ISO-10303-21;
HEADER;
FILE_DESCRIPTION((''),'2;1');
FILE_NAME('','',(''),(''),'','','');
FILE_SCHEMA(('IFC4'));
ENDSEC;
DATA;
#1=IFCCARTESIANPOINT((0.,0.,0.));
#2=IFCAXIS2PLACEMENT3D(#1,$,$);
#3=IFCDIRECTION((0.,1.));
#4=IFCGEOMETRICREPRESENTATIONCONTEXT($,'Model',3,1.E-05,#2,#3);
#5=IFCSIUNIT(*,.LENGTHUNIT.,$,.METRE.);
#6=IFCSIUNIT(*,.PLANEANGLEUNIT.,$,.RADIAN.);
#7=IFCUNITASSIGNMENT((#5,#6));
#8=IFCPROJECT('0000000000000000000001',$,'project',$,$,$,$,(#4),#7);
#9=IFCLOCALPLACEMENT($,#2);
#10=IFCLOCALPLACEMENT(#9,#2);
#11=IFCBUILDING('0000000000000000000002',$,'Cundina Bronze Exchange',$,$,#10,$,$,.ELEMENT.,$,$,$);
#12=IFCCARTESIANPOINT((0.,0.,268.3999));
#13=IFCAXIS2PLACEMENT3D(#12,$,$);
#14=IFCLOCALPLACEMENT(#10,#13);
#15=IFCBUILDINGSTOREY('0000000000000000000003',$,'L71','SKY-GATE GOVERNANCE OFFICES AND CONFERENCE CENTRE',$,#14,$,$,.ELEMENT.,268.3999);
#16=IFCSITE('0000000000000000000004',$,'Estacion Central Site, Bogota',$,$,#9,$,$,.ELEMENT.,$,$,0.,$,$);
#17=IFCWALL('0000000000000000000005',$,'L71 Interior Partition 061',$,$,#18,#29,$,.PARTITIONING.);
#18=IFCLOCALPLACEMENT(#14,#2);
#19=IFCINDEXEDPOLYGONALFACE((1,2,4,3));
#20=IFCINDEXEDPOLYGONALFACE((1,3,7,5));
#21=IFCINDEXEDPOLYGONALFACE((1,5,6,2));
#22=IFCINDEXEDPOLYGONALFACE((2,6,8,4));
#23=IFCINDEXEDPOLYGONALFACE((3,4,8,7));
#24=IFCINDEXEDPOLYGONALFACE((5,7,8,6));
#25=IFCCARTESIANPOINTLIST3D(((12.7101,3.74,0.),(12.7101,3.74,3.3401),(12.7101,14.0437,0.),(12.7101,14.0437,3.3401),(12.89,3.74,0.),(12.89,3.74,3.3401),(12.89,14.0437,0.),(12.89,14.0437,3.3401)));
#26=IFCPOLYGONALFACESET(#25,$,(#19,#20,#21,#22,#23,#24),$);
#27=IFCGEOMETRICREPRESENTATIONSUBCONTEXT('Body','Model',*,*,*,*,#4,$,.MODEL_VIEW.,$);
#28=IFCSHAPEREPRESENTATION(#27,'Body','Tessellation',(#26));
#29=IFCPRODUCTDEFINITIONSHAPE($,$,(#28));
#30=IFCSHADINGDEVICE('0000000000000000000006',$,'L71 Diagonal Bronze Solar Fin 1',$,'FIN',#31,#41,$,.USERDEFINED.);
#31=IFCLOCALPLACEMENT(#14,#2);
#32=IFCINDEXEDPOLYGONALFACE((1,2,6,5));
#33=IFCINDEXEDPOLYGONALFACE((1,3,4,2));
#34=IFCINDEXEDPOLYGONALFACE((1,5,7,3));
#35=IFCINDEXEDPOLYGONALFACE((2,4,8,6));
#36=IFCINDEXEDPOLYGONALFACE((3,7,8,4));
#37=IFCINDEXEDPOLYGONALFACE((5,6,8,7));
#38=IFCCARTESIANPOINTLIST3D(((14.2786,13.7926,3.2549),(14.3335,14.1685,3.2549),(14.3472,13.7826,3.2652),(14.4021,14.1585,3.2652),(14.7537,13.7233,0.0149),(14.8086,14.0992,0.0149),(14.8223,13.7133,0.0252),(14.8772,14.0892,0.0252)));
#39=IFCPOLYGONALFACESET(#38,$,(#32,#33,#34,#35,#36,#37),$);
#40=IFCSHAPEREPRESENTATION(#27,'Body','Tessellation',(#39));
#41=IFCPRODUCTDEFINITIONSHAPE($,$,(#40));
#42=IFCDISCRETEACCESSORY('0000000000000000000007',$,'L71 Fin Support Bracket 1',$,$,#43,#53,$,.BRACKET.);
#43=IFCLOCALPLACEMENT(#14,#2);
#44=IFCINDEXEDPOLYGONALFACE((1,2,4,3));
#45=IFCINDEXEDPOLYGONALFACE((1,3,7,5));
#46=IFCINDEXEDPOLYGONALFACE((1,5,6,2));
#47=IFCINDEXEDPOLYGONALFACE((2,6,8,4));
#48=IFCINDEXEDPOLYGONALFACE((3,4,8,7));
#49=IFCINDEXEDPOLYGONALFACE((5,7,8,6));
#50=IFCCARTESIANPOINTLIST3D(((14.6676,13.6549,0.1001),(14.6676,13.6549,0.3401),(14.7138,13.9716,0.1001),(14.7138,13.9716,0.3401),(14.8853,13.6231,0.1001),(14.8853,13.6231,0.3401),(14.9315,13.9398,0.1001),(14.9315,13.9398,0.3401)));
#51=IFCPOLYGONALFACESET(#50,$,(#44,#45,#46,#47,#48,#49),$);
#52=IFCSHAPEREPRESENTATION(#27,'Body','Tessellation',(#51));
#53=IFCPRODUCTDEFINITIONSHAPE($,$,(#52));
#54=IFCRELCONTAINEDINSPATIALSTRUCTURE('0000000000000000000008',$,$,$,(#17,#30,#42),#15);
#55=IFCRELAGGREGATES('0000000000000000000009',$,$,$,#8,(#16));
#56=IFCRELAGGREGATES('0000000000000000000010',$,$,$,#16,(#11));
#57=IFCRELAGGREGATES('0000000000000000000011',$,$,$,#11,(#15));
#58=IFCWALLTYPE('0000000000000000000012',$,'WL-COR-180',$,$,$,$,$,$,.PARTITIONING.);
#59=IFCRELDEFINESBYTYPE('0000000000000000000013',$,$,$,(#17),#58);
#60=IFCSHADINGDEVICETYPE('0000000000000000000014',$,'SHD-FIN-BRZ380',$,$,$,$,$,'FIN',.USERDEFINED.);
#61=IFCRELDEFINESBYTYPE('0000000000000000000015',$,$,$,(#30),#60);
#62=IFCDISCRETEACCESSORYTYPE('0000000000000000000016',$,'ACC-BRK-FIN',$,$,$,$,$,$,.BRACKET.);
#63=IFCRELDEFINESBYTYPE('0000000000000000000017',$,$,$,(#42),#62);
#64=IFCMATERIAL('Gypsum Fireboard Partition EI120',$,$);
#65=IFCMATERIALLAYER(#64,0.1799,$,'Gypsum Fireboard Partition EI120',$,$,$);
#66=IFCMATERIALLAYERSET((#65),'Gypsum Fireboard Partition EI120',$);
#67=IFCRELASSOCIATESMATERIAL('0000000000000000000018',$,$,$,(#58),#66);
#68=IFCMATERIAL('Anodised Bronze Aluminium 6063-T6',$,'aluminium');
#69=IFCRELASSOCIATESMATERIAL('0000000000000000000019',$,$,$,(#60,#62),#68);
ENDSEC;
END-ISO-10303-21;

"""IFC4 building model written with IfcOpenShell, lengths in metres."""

from ifc_helpers import new_model, si_unit, direction, frame, frame_2d, origin, origin_2d, place, context, subcontext, project, spatial, rectangle, extrude, material, layer, layer_set, material_profile, profile_set, type_object, element, save


model = new_model("IFC4")

# Units and contexts
model_context = context("Model", 3, precision=1e-05, world=origin(), true_north=direction((0.0, 1.0)))
body_context = subcontext(model_context, "Body", "Model", "MODEL_VIEW")
ifc_project = project(units=[si_unit("LENGTHUNIT", "METRE"), si_unit("PLANEANGLEUNIT", "RADIAN")], contexts=[model_context])

# Site, building, storey
site_placement = place(None, origin())
site = spatial("IfcSite", under=ifc_project, at=site_placement, Name="Estacion Central Site, Bogota", CompositionType="ELEMENT", RefElevation=0.0)
building_placement = place(site_placement, origin())
building = spatial("IfcBuilding", under=site, at=building_placement, Name="Cundina Bronze Exchange", CompositionType="ELEMENT")
storey_placement = place(building_placement, frame((0.0, 0.0, 268.3999)))
storey = spatial("IfcBuildingStorey", under=building, at=storey_placement, Name="L71", Description="SKY-GATE GOVERNANCE OFFICES AND CONFERENCE CENTRE", CompositionType="ELEMENT", Elevation=268.3999)

# Shared definitions
ifc_material_1 = material(Name="Anodised Bronze Aluminium 6063-T6", Category="aluminium")

# Wall
ifc_material_2 = material(Name="Gypsum Fireboard Partition EI120")
ifc_layer_1 = layer(ifc_material_2, 0.1799, Name="Gypsum Fireboard Partition EI120")
ifc_layer_set_1 = layer_set([ifc_layer_1], Name="Gypsum Fireboard Partition EI120")
wall_type = type_object("IfcWallType", Name="WL-COR-180", PredefinedType="PARTITIONING", material=ifc_layer_set_1)
wall_1_placement = place(storey_placement, frame((12.8, 3.74, 0.0), z_axis=(0.0, 0.0, 1.0), x_axis=(0.0, 1.0, 0.0)))
element("IfcWall", 1, at=wall_1_placement, inside=storey, type_object=wall_type, Name="L71 Interior Partition 061", PredefinedType="PARTITIONING", context=body_context, shape_type="SweptSolid", body=[
    extrude(rectangle(XDim=10.3037, YDim=0.1799, at=frame_2d((5.1519, 0.0))), origin(), (0.0, 0.0, 1.0), 3.3401),
])

# Shading device
ifc_material_profile_1 = material_profile(ifc_material_1, rectangle(XDim=0.0701, YDim=0.3799, at=origin_2d()), Name="FIN70X380", Category="aluminium")
ifc_profile_set_1 = profile_set([ifc_material_profile_1], Name="Anodised Bronze Aluminium 6063-T6")
shading_device_type = type_object("IfcShadingDeviceType", Name="SHD-FIN-BRZ380", ElementType="FIN", PredefinedType="USERDEFINED", material=ifc_profile_set_1)
shading_device_placement = place(storey_placement, frame((14.8154, 13.9062, 0.02), z_axis=(-0.145052, 0.021169, 0.989198), x_axis=(0.978829, -0.142851, 0.146588)))
element("IfcShadingDevice", 2, at=shading_device_placement, inside=storey, type_object=shading_device_type, Name="L71 Diagonal Bronze Solar Fin 1", ObjectType="FIN", PredefinedType="USERDEFINED", context=body_context, shape_type="SweptSolid", body=[
    extrude(rectangle(XDim=0.0701, YDim=0.3799, at=origin_2d()), origin(), (0.0, 0.0, 1.0), 3.2754),
])

# Discrete accessory
discrete_accessory_type = type_object("IfcDiscreteAccessoryType", Name="ACC-BRK-FIN", PredefinedType="BRACKET", material=ifc_material_1)
discrete_accessory_placement = place(storey_placement, frame((14.7996, 13.7974, 0.1001), z_axis=(0.0, 0.0, 1.0), x_axis=(-0.989528, 0.144339, 0.0)))
element("IfcDiscreteAccessory", 3, at=discrete_accessory_placement, inside=storey, type_object=discrete_accessory_type, Name="L71 Fin Support Bracket 1", PredefinedType="BRACKET", context=body_context, shape_type="SweptSolid", body=[
    extrude(rectangle(XDim=0.22, YDim=0.3201, at=origin_2d()), origin(), (0.0, 0.0, 1.0), 0.24),
])

save(model, "model.ifc")
